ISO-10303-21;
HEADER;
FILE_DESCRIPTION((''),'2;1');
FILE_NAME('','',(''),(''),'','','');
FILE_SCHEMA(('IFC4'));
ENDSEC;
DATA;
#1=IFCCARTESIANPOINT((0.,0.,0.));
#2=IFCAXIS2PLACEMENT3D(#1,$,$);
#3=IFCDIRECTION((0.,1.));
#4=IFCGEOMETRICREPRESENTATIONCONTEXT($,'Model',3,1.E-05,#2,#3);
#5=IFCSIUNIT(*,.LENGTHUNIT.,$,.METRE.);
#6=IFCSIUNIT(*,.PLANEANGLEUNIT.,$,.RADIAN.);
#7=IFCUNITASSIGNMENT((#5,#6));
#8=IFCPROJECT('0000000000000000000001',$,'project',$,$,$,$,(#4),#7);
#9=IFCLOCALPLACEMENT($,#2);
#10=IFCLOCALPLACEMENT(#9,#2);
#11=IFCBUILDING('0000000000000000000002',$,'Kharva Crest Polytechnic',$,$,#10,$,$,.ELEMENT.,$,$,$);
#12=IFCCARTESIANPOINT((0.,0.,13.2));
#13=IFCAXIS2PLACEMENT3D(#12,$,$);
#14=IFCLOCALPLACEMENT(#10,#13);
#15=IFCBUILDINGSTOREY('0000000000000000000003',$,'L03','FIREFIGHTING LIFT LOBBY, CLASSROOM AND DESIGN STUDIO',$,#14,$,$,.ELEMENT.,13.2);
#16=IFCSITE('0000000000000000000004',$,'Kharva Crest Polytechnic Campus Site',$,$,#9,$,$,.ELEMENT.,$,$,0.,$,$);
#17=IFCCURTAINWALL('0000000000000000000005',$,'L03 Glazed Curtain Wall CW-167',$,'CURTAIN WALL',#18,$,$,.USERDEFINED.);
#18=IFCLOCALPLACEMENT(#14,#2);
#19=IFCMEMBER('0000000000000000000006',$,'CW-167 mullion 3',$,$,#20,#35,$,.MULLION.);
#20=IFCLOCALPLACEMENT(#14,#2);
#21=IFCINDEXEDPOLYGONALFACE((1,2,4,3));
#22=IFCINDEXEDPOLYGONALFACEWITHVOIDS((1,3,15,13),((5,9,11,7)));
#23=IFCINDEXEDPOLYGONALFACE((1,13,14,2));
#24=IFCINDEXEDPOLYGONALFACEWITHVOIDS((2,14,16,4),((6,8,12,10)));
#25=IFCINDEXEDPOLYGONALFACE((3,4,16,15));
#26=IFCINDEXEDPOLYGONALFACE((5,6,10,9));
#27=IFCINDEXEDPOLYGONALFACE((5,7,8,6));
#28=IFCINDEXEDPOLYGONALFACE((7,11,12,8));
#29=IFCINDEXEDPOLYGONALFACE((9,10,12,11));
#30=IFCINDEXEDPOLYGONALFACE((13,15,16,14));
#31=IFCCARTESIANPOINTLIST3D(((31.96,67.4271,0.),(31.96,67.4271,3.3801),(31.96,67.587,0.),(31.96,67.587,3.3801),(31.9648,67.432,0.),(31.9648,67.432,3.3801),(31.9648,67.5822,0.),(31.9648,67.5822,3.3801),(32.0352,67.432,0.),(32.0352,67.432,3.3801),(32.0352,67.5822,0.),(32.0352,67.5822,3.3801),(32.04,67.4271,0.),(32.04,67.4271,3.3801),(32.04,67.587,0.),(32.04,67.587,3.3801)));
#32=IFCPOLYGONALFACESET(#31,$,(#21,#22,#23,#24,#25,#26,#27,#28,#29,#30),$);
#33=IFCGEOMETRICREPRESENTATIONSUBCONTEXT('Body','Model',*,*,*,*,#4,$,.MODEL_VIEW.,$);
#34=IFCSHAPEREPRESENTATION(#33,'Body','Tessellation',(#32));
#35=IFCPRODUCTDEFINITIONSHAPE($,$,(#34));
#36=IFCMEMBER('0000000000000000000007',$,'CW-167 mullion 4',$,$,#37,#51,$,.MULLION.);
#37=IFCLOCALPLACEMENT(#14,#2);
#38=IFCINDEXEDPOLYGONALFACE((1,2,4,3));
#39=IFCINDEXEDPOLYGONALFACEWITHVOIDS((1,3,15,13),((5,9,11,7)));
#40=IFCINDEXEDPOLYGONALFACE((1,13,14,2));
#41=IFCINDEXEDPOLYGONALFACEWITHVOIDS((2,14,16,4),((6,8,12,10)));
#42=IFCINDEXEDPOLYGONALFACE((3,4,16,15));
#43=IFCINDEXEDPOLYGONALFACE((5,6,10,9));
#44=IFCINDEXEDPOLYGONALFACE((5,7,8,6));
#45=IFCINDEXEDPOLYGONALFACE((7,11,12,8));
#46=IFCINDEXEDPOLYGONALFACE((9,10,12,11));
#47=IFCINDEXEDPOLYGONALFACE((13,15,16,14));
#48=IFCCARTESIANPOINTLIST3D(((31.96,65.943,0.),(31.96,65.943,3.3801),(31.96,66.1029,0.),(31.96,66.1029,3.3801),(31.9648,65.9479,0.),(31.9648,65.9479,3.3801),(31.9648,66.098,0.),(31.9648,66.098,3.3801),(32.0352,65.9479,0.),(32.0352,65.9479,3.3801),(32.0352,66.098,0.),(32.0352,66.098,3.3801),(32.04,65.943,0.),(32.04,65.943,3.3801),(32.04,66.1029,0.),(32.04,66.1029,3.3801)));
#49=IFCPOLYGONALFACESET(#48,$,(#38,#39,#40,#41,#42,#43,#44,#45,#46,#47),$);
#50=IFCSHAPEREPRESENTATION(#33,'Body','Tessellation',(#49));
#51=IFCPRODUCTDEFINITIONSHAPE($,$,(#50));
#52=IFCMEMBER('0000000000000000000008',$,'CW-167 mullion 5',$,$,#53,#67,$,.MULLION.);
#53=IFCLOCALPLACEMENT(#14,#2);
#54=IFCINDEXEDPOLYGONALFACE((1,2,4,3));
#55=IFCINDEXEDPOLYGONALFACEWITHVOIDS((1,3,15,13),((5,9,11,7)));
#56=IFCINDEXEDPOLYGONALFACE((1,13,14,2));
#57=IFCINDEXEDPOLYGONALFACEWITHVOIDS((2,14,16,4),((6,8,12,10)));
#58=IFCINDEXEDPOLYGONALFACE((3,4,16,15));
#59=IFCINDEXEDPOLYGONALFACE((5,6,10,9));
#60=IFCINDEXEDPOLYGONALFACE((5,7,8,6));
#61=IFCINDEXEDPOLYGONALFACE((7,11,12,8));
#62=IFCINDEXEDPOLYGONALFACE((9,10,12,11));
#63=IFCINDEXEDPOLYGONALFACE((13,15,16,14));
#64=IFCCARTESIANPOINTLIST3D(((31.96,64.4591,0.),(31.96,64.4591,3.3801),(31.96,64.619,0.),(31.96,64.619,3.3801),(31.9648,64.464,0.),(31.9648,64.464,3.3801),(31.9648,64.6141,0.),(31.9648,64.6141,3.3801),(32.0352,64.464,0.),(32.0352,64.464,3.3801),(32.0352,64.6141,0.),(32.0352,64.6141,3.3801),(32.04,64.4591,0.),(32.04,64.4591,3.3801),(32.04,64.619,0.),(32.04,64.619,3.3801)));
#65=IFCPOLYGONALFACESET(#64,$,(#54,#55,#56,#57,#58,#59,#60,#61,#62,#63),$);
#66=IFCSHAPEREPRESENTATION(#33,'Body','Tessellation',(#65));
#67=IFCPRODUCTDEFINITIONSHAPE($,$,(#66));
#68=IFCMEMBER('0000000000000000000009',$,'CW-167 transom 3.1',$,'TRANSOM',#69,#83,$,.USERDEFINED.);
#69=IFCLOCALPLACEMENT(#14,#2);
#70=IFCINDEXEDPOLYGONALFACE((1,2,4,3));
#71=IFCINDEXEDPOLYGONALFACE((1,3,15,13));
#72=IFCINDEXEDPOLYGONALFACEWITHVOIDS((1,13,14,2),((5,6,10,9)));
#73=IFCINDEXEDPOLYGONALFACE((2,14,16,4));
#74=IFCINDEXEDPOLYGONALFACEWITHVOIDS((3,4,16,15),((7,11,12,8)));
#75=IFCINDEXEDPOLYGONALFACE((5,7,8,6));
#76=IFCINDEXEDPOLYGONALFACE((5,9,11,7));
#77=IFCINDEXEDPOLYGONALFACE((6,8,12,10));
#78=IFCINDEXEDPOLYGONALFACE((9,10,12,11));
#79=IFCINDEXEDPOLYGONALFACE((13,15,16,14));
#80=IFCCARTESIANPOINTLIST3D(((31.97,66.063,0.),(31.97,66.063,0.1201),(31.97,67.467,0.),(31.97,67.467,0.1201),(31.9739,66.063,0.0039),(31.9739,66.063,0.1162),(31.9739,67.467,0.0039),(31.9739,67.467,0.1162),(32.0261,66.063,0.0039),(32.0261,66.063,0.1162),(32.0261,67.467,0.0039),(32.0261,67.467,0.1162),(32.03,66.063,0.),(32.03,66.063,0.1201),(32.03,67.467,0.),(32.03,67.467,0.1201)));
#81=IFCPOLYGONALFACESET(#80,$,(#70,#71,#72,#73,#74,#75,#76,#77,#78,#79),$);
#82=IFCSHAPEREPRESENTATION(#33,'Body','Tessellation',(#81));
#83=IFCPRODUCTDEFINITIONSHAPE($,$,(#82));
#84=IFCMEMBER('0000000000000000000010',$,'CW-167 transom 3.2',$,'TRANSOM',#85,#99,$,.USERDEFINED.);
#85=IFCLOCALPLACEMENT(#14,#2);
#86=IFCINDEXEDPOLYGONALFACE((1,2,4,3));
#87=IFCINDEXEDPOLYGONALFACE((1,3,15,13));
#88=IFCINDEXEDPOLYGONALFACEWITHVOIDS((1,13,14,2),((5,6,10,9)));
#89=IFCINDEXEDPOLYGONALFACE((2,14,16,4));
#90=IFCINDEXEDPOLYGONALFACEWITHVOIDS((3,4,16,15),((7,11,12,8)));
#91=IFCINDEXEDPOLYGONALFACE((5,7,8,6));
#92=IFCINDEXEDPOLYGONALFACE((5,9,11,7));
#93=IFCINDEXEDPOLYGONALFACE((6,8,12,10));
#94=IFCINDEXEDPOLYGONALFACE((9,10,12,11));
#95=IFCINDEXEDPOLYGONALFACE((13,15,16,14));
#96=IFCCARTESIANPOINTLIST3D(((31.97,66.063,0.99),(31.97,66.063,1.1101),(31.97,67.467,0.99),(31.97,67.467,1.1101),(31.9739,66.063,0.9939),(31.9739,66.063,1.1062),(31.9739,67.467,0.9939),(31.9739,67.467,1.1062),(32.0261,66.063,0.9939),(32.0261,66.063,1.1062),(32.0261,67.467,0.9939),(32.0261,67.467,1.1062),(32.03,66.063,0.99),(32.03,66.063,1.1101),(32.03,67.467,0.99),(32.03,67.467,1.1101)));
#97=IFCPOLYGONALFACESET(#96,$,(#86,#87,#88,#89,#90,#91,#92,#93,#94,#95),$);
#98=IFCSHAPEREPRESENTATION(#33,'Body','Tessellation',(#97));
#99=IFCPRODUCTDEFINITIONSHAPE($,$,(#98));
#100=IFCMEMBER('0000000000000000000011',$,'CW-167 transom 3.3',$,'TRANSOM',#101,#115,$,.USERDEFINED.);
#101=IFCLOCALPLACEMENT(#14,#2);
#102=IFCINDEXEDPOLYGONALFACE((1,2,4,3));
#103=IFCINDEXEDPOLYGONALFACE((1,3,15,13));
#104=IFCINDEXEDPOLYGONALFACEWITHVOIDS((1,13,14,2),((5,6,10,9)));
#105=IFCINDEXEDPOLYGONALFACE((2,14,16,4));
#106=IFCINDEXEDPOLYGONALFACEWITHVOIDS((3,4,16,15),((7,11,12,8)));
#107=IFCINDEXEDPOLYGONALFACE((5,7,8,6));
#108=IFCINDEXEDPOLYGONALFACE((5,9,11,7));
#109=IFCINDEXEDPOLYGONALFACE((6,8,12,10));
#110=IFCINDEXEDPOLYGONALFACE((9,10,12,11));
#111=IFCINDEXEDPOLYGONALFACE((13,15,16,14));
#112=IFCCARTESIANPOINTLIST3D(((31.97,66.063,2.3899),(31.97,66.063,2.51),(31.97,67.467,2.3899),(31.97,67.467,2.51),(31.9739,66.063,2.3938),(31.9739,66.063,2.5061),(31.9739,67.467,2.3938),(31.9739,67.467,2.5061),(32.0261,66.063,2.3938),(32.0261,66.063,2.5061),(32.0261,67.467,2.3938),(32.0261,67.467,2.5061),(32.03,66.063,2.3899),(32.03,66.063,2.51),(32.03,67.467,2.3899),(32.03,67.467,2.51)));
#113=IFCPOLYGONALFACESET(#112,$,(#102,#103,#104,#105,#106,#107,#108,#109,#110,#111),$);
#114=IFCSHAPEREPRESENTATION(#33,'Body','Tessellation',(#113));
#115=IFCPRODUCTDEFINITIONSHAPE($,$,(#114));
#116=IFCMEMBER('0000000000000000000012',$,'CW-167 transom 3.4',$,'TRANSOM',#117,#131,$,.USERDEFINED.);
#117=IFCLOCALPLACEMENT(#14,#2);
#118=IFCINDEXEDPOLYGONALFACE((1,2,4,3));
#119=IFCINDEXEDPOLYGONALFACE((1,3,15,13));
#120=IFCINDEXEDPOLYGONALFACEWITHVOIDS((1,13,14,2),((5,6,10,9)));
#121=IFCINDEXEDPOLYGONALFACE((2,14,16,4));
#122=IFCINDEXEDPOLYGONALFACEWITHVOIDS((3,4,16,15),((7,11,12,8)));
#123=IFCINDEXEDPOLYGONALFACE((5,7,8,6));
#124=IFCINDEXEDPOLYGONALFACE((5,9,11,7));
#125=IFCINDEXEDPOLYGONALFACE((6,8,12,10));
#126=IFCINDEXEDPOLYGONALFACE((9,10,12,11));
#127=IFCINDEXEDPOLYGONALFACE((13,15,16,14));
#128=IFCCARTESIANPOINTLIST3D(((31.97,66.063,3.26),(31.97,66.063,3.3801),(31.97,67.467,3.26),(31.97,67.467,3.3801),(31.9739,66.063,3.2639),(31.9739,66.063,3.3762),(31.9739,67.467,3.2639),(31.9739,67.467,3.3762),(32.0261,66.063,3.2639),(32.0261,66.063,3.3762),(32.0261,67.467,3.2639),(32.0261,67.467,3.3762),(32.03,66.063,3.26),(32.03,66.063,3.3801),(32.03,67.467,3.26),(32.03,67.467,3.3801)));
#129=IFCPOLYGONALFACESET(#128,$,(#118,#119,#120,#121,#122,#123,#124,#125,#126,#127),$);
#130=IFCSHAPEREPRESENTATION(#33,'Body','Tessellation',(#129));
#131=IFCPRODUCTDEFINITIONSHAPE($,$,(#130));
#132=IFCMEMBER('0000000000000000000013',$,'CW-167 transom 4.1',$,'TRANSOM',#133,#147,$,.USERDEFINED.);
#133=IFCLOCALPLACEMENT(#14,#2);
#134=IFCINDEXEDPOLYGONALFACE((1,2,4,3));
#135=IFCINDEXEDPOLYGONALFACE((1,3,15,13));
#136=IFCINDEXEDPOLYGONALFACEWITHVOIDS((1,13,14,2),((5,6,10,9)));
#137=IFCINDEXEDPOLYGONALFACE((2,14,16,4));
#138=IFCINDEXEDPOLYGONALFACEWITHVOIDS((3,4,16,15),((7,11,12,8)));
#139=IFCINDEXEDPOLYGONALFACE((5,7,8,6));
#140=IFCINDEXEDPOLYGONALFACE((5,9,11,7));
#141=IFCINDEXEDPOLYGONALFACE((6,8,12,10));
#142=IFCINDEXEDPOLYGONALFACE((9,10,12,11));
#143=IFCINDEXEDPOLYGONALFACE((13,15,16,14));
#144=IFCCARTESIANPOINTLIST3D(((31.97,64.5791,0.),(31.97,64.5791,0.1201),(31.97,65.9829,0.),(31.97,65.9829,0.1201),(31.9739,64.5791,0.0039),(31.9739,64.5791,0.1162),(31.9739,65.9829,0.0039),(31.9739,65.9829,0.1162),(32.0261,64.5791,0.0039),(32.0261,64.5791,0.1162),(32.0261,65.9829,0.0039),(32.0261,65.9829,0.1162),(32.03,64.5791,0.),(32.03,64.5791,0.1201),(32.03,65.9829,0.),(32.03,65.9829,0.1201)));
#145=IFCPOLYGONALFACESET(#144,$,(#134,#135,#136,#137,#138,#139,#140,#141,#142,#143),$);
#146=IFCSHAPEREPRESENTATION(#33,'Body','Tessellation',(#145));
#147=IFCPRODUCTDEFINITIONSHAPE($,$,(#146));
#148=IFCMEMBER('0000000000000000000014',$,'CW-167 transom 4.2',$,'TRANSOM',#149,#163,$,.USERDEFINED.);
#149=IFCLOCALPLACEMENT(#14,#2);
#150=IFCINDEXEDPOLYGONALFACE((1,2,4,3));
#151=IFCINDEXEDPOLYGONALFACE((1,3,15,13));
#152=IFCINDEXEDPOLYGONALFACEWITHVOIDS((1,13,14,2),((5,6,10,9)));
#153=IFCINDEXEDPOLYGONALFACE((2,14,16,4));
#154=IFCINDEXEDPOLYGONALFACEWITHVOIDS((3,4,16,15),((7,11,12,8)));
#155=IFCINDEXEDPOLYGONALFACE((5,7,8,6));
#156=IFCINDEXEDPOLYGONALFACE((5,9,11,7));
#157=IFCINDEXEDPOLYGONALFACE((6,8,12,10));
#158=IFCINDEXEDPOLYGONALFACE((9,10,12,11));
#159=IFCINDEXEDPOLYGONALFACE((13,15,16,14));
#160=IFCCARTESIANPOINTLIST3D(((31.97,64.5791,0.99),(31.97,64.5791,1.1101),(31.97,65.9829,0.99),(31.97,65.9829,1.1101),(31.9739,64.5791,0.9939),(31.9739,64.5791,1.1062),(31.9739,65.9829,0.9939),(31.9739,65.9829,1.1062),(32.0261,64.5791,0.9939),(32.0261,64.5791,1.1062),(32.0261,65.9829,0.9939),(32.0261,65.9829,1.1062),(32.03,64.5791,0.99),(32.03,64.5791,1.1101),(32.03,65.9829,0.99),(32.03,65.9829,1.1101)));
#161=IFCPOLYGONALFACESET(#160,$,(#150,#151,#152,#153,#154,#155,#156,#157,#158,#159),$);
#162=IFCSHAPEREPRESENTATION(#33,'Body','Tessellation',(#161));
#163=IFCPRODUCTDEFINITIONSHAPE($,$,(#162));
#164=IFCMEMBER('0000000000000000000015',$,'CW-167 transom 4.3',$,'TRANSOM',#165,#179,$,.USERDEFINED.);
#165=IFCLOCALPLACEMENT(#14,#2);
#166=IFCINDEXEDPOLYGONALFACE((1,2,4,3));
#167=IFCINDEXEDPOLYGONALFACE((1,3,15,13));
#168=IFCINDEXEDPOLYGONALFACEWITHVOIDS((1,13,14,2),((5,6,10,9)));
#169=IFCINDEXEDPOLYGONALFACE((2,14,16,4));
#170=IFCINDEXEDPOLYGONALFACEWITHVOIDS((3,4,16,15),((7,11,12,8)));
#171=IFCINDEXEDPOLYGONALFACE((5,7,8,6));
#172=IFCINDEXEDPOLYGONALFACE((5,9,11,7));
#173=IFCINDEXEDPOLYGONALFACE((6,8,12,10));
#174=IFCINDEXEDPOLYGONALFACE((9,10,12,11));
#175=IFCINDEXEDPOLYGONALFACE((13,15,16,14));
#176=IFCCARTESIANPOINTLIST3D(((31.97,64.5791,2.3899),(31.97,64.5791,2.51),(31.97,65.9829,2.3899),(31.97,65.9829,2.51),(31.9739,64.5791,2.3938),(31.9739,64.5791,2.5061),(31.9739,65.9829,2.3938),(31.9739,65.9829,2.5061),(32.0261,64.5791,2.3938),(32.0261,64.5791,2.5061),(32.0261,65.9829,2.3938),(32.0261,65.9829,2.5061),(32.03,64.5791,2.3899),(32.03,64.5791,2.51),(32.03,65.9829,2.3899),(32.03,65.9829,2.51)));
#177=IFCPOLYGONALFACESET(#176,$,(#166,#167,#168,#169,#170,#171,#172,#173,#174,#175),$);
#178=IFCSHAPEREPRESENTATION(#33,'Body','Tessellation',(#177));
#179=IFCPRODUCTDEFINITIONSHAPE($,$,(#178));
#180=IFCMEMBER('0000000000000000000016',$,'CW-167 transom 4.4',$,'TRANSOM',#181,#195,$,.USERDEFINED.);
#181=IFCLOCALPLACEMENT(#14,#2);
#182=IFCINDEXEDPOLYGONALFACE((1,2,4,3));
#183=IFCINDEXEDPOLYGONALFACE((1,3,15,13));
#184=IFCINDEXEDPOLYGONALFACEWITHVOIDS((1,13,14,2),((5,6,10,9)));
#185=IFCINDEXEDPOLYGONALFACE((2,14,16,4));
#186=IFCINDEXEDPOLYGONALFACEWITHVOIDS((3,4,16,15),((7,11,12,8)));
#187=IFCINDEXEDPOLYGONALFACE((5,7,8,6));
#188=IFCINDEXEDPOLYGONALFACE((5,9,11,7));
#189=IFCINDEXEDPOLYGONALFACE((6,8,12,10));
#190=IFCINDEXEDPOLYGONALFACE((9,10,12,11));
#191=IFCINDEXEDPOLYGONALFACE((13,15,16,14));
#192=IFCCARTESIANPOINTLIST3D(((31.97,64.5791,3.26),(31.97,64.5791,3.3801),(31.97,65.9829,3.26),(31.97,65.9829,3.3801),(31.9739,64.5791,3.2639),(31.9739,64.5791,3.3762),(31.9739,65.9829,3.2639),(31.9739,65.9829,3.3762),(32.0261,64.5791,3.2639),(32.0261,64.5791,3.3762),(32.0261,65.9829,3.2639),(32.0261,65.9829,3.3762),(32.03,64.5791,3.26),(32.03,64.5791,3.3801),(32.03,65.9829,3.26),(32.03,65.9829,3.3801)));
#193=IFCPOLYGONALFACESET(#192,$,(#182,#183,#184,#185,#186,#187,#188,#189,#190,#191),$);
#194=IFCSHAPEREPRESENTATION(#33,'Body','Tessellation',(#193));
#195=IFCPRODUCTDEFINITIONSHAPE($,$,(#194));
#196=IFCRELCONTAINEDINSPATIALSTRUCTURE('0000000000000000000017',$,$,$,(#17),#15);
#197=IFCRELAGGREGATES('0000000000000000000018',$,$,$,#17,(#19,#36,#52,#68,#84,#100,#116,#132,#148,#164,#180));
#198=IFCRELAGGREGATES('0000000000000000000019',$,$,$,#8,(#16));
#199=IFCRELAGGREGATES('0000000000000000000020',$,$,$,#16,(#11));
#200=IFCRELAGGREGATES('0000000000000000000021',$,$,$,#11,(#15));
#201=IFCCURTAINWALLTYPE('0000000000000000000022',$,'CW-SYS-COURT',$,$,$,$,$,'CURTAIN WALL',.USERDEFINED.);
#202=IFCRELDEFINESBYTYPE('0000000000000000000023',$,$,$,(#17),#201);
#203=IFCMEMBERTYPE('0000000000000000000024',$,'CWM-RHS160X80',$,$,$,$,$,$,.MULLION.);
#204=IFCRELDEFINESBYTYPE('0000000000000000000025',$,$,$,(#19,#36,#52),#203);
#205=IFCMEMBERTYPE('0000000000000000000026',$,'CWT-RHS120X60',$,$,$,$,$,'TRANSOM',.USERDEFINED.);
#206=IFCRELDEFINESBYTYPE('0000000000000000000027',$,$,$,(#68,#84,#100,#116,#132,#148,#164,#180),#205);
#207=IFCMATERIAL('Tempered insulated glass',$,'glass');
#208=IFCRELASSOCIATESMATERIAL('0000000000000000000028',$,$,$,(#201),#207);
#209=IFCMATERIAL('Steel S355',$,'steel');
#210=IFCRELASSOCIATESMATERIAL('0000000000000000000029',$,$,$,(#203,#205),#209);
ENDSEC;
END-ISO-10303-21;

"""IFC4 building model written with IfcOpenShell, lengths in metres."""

from ifc_helpers import new_model, si_unit, direction, frame, origin, origin_2d, place, context, subcontext, project, spatial, hollow_rectangle, extrude, material, material_profile, profile_set, type_object, element, aggregate, save


model = new_model("IFC4")

# Units and contexts
model_context = context("Model", 3, precision=1e-05, world=origin(), true_north=direction((0.0, 1.0)))
body_context = subcontext(model_context, "Body", "Model", "MODEL_VIEW")
ifc_project = project(units=[si_unit("LENGTHUNIT", "METRE"), si_unit("PLANEANGLEUNIT", "RADIAN")], contexts=[model_context])

# Site, building, storey
site_placement = place(None, origin())
site = spatial("IfcSite", under=ifc_project, at=site_placement, Name="Kharva Crest Polytechnic Campus Site", CompositionType="ELEMENT", RefElevation=0.0)
building_placement = place(site_placement, origin())
building = spatial("IfcBuilding", under=site, at=building_placement, Name="Kharva Crest Polytechnic", CompositionType="ELEMENT")
storey_placement = place(building_placement, frame((0.0, 0.0, 13.2)))
storey = spatial("IfcBuildingStorey", under=building, at=storey_placement, Name="L03", Description="FIREFIGHTING LIFT LOBBY, CLASSROOM AND DESIGN STUDIO", CompositionType="ELEMENT", Elevation=13.2)

# Curtain wall, members
ifc_material_1 = material(Name="Tempered insulated glass", Category="glass")
curtain_wall_type = type_object("IfcCurtainWallType", Name="CW-SYS-COURT", ElementType="CURTAIN WALL", PredefinedType="USERDEFINED", material=ifc_material_1)
curtain_wall_placement = place(storey_placement, origin())
curtain_wall = element("IfcCurtainWall", 1, at=curtain_wall_placement, inside=storey, type_object=curtain_wall_type, Name="L03 Glazed Curtain Wall CW-167", ObjectType="CURTAIN WALL", PredefinedType="USERDEFINED")
ifc_material_2 = material(Name="Steel S355", Category="steel")
ifc_material_profile_1 = material_profile(ifc_material_2, hollow_rectangle(XDim=0.0801, YDim=0.1599, WallThickness=0.0049, at=origin_2d()), Name="RHS 160X80X5.0")
ifc_profile_set_1 = profile_set([ifc_material_profile_1], Name="Steel S355")
member_type_1 = type_object("IfcMemberType", Name="CWM-RHS160X80", PredefinedType="MULLION", material=ifc_profile_set_1)
member_1_placement = place(storey_placement, frame((32.0, 67.5071, 0.0), z_axis=(0.0, 0.0, 1.0), x_axis=(1.0, 0.0, 0.0)))
member_1 = element("IfcMember", 2, at=member_1_placement, type_object=member_type_1, Name="CW-167 mullion 3", PredefinedType="MULLION", context=body_context, shape_type="SweptSolid", body=[
    extrude(hollow_rectangle(XDim=0.0801, YDim=0.1599, WallThickness=0.0049, at=origin_2d()), origin(), (0.0, 0.0, 1.0), 3.3801),
])
member_2_placement = place(storey_placement, frame((32.0, 66.0229, 0.0), z_axis=(0.0, 0.0, 1.0), x_axis=(1.0, 0.0, 0.0)))
member_2 = element("IfcMember", 3, at=member_2_placement, type_object=member_type_1, Name="CW-167 mullion 4", PredefinedType="MULLION", context=body_context, shape_type="SweptSolid", body=[
    extrude(hollow_rectangle(XDim=0.0801, YDim=0.1599, WallThickness=0.0049, at=origin_2d()), origin(), (0.0, 0.0, 1.0), 3.3801),
])
member_3_placement = place(storey_placement, frame((32.0, 64.5391, 0.0), z_axis=(0.0, 0.0, 1.0), x_axis=(1.0, 0.0, 0.0)))
member_3 = element("IfcMember", 4, at=member_3_placement, type_object=member_type_1, Name="CW-167 mullion 5", PredefinedType="MULLION", context=body_context, shape_type="SweptSolid", body=[
    extrude(hollow_rectangle(XDim=0.0801, YDim=0.1599, WallThickness=0.0049, at=origin_2d()), origin(), (0.0, 0.0, 1.0), 3.3801),
])
ifc_material_profile_2 = material_profile(ifc_material_2, hollow_rectangle(XDim=0.0601, YDim=0.1201, WallThickness=0.0039, at=origin_2d()), Name="RHS 120X60X4.0")
ifc_profile_set_2 = profile_set([ifc_material_profile_2], Name="Steel S355")
member_type_2 = type_object("IfcMemberType", Name="CWT-RHS120X60", ElementType="TRANSOM", PredefinedType="USERDEFINED", material=ifc_profile_set_2)
member_4_placement = place(storey_placement, frame((32.0, 67.467, 0.0601), z_axis=(0.0, -1.0, 0.0), x_axis=(1.0, 0.0, 0.0)))
member_4 = element("IfcMember", 5, at=member_4_placement, type_object=member_type_2, Name="CW-167 transom 3.1", ObjectType="TRANSOM", PredefinedType="USERDEFINED", context=body_context, shape_type="SweptSolid", body=[
    extrude(hollow_rectangle(XDim=0.0601, YDim=0.1201, WallThickness=0.0039, at=origin_2d()), origin(), (0.0, 0.0, 1.0), 1.4041),
])
member_5_placement = place(storey_placement, frame((32.0, 67.467, 1.05), z_axis=(0.0, -1.0, 0.0), x_axis=(1.0, 0.0, 0.0)))
member_5 = element("IfcMember", 6, at=member_5_placement, type_object=member_type_2, Name="CW-167 transom 3.2", ObjectType="TRANSOM", PredefinedType="USERDEFINED", context=body_context, shape_type="SweptSolid", body=[
    extrude(hollow_rectangle(XDim=0.0601, YDim=0.1201, WallThickness=0.0039, at=origin_2d()), origin(), (0.0, 0.0, 1.0), 1.4041),
])
member_6_placement = place(storey_placement, frame((32.0, 67.467, 2.45), z_axis=(0.0, -1.0, 0.0), x_axis=(1.0, 0.0, 0.0)))
member_6 = element("IfcMember", 7, at=member_6_placement, type_object=member_type_2, Name="CW-167 transom 3.3", ObjectType="TRANSOM", PredefinedType="USERDEFINED", context=body_context, shape_type="SweptSolid", body=[
    extrude(hollow_rectangle(XDim=0.0601, YDim=0.1201, WallThickness=0.0039, at=origin_2d()), origin(), (0.0, 0.0, 1.0), 1.4041),
])
member_7_placement = place(storey_placement, frame((32.0, 67.467, 3.3201), z_axis=(0.0, -1.0, 0.0), x_axis=(1.0, 0.0, 0.0)))
member_7 = element("IfcMember", 8, at=member_7_placement, type_object=member_type_2, Name="CW-167 transom 3.4", ObjectType="TRANSOM", PredefinedType="USERDEFINED", context=body_context, shape_type="SweptSolid", body=[
    extrude(hollow_rectangle(XDim=0.0601, YDim=0.1201, WallThickness=0.0039, at=origin_2d()), origin(), (0.0, 0.0, 1.0), 1.4041),
])
member_8_placement = place(storey_placement, frame((32.0, 65.9829, 0.0601), z_axis=(0.0, -1.0, 0.0), x_axis=(1.0, 0.0, 0.0)))
member_8 = element("IfcMember", 9, at=member_8_placement, type_object=member_type_2, Name="CW-167 transom 4.1", ObjectType="TRANSOM", PredefinedType="USERDEFINED", context=body_context, shape_type="SweptSolid", body=[
    extrude(hollow_rectangle(XDim=0.0601, YDim=0.1201, WallThickness=0.0039, at=origin_2d()), origin(), (0.0, 0.0, 1.0), 1.4038),
])
member_9_placement = place(storey_placement, frame((32.0, 65.9829, 1.05), z_axis=(0.0, -1.0, 0.0), x_axis=(1.0, 0.0, 0.0)))
member_9 = element("IfcMember", 10, at=member_9_placement, type_object=member_type_2, Name="CW-167 transom 4.2", ObjectType="TRANSOM", PredefinedType="USERDEFINED", context=body_context, shape_type="SweptSolid", body=[
    extrude(hollow_rectangle(XDim=0.0601, YDim=0.1201, WallThickness=0.0039, at=origin_2d()), origin(), (0.0, 0.0, 1.0), 1.4038),
])
member_10_placement = place(storey_placement, frame((32.0, 65.9829, 2.45), z_axis=(0.0, -1.0, 0.0), x_axis=(1.0, 0.0, 0.0)))
member_10 = element("IfcMember", 11, at=member_10_placement, type_object=member_type_2, Name="CW-167 transom 4.3", ObjectType="TRANSOM", PredefinedType="USERDEFINED", context=body_context, shape_type="SweptSolid", body=[
    extrude(hollow_rectangle(XDim=0.0601, YDim=0.1201, WallThickness=0.0039, at=origin_2d()), origin(), (0.0, 0.0, 1.0), 1.4038),
])
member_11_placement = place(storey_placement, frame((32.0, 65.9829, 3.3201), z_axis=(0.0, -1.0, 0.0), x_axis=(1.0, 0.0, 0.0)))
member_11 = element("IfcMember", 12, at=member_11_placement, type_object=member_type_2, Name="CW-167 transom 4.4", ObjectType="TRANSOM", PredefinedType="USERDEFINED", context=body_context, shape_type="SweptSolid", body=[
    extrude(hollow_rectangle(XDim=0.0601, YDim=0.1201, WallThickness=0.0039, at=origin_2d()), origin(), (0.0, 0.0, 1.0), 1.4038),
])
aggregate(curtain_wall, [member_1, member_2, member_3, member_4, member_5, member_6, member_7, member_8, member_9, member_10, member_11])

save(model, "model.ifc")
